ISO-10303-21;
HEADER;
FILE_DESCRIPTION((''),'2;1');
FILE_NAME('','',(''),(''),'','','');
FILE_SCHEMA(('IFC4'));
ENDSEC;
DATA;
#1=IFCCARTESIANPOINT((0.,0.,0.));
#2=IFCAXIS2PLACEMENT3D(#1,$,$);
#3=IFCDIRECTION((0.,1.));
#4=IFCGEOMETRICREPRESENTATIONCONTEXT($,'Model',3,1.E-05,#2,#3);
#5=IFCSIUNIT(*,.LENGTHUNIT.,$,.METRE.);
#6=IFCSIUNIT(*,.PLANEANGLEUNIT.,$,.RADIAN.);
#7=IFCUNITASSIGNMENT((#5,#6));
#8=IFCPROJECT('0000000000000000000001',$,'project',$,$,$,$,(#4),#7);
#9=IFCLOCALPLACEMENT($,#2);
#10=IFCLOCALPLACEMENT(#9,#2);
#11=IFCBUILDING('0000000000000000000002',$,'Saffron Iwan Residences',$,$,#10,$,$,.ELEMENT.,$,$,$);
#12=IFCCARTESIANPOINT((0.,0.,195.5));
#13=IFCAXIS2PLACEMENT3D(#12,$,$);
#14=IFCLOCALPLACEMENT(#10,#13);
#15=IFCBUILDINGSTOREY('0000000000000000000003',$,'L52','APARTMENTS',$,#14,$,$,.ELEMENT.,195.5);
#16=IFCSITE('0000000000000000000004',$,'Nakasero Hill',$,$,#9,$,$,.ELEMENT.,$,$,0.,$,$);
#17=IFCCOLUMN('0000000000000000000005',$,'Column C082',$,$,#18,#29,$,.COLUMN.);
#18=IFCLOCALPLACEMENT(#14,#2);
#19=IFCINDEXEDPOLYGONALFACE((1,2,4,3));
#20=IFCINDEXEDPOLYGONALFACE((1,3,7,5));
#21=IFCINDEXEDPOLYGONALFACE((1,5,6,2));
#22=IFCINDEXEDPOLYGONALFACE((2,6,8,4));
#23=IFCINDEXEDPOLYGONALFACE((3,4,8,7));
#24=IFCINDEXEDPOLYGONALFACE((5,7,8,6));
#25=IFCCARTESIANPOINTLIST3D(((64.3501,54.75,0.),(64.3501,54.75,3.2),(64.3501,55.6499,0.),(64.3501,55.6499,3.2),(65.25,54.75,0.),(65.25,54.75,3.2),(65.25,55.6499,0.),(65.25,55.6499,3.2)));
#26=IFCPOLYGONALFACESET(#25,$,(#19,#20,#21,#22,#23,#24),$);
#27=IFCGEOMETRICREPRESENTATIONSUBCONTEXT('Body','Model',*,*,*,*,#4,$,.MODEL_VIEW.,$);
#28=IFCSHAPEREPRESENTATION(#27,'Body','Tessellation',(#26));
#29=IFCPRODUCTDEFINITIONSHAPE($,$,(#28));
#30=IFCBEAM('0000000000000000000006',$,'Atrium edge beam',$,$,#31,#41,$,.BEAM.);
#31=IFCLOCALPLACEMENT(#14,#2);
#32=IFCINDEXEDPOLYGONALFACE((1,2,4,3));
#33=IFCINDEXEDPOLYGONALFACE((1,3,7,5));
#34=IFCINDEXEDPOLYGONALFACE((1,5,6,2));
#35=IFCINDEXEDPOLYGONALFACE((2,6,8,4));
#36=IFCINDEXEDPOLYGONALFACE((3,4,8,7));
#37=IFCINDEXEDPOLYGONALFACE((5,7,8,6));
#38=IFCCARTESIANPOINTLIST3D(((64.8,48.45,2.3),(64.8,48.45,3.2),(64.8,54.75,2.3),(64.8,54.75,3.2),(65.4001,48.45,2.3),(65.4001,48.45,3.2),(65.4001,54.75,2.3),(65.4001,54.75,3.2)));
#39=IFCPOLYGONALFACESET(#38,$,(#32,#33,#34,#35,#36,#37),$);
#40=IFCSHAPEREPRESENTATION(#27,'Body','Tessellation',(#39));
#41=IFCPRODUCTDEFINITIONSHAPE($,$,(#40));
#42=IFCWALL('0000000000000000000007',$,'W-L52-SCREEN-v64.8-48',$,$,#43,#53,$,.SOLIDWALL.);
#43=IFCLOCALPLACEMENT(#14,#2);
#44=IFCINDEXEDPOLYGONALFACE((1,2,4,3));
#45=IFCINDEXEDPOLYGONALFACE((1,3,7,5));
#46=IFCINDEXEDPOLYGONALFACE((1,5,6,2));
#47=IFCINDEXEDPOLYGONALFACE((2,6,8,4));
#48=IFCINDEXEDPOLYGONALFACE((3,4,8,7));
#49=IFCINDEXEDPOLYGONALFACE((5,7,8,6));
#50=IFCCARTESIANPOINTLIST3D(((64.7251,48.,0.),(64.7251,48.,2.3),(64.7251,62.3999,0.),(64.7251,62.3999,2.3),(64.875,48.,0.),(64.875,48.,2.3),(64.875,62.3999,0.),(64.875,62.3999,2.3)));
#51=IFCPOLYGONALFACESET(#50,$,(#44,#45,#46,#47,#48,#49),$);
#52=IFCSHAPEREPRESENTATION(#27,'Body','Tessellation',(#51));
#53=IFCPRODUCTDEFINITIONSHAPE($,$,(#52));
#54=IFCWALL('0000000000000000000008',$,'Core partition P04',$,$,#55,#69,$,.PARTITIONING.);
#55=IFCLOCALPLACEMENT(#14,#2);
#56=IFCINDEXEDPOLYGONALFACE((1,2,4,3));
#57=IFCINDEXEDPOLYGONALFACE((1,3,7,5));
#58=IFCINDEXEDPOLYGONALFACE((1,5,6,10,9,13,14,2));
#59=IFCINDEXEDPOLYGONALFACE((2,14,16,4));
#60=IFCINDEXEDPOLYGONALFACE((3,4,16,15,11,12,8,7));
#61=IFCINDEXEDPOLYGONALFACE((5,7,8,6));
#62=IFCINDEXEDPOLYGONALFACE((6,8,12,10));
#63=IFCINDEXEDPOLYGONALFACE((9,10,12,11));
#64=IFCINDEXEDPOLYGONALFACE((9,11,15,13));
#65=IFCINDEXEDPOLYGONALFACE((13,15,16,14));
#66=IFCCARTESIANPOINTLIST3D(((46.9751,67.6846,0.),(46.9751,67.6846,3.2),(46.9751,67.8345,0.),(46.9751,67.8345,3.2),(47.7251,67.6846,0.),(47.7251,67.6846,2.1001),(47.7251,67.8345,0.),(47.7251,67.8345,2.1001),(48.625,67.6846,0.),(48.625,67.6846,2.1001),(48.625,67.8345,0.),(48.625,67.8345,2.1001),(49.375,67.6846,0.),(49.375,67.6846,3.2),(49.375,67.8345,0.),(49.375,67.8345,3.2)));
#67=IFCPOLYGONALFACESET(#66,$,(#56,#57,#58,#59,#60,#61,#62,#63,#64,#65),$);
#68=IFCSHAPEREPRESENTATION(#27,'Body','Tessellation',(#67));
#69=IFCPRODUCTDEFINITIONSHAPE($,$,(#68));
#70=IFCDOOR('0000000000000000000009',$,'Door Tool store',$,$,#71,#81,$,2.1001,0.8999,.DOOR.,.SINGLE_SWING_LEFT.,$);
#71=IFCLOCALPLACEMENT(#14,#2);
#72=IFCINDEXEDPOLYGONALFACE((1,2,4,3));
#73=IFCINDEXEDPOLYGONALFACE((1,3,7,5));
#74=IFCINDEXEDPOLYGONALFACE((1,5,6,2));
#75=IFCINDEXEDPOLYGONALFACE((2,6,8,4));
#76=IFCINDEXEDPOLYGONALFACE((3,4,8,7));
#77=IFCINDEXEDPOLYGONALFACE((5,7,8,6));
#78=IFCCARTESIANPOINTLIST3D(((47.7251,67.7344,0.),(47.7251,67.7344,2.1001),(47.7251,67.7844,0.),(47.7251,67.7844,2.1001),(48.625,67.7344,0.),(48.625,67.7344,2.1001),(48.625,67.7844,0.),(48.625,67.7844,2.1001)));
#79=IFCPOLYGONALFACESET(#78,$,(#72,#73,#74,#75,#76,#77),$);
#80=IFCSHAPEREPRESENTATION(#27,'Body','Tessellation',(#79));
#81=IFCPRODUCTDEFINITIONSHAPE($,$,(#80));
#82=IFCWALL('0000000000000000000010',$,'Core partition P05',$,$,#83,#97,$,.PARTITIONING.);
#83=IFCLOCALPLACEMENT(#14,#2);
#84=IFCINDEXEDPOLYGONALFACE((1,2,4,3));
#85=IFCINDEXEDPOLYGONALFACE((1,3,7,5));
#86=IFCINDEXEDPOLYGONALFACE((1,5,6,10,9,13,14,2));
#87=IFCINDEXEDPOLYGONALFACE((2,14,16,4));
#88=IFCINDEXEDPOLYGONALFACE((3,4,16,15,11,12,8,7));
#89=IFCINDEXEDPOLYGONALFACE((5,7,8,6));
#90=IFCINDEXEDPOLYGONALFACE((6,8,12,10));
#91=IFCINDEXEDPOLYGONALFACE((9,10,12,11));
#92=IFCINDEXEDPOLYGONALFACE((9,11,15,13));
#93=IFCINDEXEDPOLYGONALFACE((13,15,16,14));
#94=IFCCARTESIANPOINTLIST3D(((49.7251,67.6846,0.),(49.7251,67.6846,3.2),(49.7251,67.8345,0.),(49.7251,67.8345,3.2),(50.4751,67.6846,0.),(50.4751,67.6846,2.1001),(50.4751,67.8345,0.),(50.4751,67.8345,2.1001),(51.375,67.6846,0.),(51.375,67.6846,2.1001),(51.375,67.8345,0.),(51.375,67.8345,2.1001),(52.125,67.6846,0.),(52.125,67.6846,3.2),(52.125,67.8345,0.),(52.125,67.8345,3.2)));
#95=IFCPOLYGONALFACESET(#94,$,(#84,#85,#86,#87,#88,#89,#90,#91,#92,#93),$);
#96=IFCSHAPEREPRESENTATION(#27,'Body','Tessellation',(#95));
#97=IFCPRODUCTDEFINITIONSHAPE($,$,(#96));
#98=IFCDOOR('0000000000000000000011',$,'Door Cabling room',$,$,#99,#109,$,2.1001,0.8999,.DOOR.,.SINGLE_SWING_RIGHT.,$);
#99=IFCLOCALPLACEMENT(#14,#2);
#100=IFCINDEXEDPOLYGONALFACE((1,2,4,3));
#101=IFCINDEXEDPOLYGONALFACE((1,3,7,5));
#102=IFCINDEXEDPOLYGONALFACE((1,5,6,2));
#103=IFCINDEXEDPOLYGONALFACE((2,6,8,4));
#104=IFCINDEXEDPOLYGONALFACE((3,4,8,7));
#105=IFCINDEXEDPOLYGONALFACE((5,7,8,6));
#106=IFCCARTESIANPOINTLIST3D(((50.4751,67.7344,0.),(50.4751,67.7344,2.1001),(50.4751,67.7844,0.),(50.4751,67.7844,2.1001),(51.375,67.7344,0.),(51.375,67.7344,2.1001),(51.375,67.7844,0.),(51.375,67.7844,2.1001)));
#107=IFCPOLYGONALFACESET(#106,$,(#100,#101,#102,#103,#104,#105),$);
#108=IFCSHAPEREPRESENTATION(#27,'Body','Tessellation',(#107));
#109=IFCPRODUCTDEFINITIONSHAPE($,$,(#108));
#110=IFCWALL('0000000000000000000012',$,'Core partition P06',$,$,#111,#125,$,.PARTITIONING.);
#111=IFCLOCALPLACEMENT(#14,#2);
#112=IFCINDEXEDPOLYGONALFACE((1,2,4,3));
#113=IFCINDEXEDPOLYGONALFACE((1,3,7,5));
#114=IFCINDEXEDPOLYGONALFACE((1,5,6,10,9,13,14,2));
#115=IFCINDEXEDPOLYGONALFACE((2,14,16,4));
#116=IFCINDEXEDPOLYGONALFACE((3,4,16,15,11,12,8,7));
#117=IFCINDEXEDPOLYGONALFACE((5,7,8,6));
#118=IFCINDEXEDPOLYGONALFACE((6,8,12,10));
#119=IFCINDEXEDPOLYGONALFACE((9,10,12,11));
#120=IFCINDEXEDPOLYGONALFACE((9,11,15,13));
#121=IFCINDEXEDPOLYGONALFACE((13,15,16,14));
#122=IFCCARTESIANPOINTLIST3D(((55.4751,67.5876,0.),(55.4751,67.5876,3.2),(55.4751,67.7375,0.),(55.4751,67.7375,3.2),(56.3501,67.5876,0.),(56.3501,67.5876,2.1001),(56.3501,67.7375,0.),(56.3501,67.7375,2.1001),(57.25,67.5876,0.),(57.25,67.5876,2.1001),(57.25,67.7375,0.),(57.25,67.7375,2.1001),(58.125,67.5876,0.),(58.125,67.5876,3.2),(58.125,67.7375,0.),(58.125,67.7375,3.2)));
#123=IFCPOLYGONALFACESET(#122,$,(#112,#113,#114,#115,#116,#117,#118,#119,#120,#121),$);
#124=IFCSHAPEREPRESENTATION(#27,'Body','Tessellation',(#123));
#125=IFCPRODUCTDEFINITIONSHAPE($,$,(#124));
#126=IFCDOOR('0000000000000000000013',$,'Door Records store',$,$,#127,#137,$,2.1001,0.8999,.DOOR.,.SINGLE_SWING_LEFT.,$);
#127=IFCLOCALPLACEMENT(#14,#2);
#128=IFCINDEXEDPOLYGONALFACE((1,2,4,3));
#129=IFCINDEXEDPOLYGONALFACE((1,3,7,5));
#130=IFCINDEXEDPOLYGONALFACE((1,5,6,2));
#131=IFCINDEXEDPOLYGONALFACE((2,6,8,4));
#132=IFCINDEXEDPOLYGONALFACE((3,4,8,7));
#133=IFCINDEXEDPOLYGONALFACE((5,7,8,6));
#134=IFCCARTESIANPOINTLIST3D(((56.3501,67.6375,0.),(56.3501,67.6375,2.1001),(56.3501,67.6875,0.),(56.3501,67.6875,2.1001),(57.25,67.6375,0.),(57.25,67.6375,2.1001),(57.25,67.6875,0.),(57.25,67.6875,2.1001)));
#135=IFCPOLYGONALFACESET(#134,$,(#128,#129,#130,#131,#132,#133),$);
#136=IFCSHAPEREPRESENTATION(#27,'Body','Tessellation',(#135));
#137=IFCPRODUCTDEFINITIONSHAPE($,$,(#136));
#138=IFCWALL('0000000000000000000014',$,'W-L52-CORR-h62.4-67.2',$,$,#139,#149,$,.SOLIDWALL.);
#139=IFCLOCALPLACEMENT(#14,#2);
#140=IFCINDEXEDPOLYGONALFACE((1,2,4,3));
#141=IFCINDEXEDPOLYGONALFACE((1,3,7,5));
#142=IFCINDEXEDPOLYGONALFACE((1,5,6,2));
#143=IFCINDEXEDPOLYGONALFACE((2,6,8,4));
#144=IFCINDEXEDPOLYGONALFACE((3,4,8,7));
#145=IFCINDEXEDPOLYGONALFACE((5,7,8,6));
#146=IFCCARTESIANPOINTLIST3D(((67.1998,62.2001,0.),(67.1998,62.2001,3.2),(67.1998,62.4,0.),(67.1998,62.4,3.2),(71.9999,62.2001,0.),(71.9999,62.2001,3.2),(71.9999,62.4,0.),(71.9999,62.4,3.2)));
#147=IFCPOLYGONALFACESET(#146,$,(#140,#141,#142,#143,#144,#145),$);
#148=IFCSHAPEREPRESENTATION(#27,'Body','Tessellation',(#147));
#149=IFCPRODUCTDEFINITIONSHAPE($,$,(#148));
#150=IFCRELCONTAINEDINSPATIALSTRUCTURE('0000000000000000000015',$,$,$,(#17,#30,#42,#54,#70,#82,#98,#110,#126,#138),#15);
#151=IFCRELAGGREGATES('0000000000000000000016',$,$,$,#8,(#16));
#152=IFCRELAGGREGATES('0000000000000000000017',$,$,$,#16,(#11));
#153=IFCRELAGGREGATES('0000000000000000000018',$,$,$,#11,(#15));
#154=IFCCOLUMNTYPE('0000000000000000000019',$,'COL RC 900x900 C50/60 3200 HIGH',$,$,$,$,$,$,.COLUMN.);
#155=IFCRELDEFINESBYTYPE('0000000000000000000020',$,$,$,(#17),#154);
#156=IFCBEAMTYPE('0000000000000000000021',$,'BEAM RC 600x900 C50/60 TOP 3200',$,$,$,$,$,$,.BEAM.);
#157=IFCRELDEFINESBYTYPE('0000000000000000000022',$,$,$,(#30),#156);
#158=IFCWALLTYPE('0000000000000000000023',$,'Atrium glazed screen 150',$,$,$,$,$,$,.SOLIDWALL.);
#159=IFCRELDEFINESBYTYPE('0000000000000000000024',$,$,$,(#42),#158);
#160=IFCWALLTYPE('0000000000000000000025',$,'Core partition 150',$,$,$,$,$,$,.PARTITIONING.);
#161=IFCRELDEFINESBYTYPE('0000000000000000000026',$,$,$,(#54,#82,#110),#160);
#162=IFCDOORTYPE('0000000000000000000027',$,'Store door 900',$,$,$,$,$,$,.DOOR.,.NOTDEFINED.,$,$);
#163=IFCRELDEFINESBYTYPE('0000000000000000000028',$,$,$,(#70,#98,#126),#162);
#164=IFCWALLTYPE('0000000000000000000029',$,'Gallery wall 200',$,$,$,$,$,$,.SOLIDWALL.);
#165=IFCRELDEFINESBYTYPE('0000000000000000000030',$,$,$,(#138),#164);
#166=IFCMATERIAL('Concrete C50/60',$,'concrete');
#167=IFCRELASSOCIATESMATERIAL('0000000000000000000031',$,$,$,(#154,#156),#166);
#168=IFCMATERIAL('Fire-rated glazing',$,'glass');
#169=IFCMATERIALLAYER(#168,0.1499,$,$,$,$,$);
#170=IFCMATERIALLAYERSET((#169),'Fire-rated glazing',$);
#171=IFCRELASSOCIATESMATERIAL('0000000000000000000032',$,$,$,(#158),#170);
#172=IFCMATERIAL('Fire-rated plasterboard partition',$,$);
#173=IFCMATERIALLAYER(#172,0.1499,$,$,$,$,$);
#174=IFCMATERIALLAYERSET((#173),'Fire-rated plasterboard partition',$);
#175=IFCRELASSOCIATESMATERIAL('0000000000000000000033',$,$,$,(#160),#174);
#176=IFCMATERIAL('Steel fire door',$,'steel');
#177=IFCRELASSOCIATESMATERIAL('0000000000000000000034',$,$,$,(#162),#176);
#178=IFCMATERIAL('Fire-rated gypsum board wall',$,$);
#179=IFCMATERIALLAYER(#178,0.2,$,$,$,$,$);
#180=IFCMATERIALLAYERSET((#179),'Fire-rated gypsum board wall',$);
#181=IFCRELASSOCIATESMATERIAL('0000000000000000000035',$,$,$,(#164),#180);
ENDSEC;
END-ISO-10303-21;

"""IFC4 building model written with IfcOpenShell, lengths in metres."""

from ifc_helpers import new_model, si_unit, direction, frame, frame_2d, origin, origin_2d, place, context, subcontext, project, spatial, rectangle, extrude, source, transform, mapped, material, layer, layer_set, material_profile, profile_set, type_object, element, fill, save


model = new_model("IFC4")

# Units and contexts
model_context = context("Model", 3, precision=1e-05, world=origin(), true_north=direction((0.0, 1.0)))
body_context = subcontext(model_context, "Body", "Model", "MODEL_VIEW")
ifc_project = project(units=[si_unit("LENGTHUNIT", "METRE"), si_unit("PLANEANGLEUNIT", "RADIAN")], contexts=[model_context])

# Site, building, storey
site_placement = place(None, origin())
site = spatial("IfcSite", under=ifc_project, at=site_placement, Name="Nakasero Hill", CompositionType="ELEMENT", RefElevation=0.0)
building_placement = place(site_placement, origin())
building = spatial("IfcBuilding", under=site, at=building_placement, Name="Saffron Iwan Residences", CompositionType="ELEMENT")
storey_placement = place(building_placement, frame((0.0, 0.0, 195.5)))
storey = spatial("IfcBuildingStorey", under=building, at=storey_placement, Name="L52", Description="APARTMENTS", CompositionType="ELEMENT", Elevation=195.5)

# Column
ifc_material_1 = material(Name="Concrete C50/60", Category="concrete")
ifc_material_profile_1 = material_profile(ifc_material_1, rectangle(XDim=0.8999, YDim=0.8999, at=origin_2d()), Name="RC 900x900")
ifc_profile_set_1 = profile_set([ifc_material_profile_1], Name="Concrete C50/60")
column_type = type_object("IfcColumnType", Name="COL RC 900x900 C50/60 3200 HIGH", PredefinedType="COLUMN", material=ifc_profile_set_1)
shared_shape_1 = source(origin(), body_context, "Body", "SweptSolid", [
    extrude(rectangle(XDim=0.8999, YDim=0.8999, at=origin_2d()), origin(), (0.0, 0.0, 1.0), 3.2),
])
column_placement = place(storey_placement, frame((64.8, 55.2, 0.0), z_axis=(0.0, 0.0, 1.0), x_axis=(1.0, 0.0, 0.0)))
element("IfcColumn", 1, at=column_placement, inside=storey, type_object=column_type, Name="Column C082", PredefinedType="COLUMN", context=body_context, shape_type="MappedRepresentation", body=[
    mapped(shared_shape_1, transform((0.0, 0.0, 0.0))),
])

# Beam
ifc_material_profile_2 = material_profile(ifc_material_1, rectangle(XDim=0.6001, YDim=0.8999, at=origin_2d()), Name="RC 600x900")
ifc_profile_set_2 = profile_set([ifc_material_profile_2], Name="Concrete C50/60")
beam_type = type_object("IfcBeamType", Name="BEAM RC 600x900 C50/60 TOP 3200", PredefinedType="BEAM", material=ifc_profile_set_2)
shared_shape_2 = source(origin(), body_context, "Body", "SweptSolid", [
    extrude(rectangle(XDim=0.6001, YDim=0.8999, at=origin_2d()), origin(), (0.0, 0.0, 1.0), 6.3),
])
beam_placement = place(storey_placement, frame((65.1001, 54.75, 2.75), z_axis=(0.0, -1.0, 0.0), x_axis=(1.0, 0.0, 0.0)))
element("IfcBeam", 2, at=beam_placement, inside=storey, type_object=beam_type, Name="Atrium edge beam", PredefinedType="BEAM", context=body_context, shape_type="MappedRepresentation", body=[
    mapped(shared_shape_2, transform((0.0, 0.0, 0.0))),
])

# Wall
ifc_material_2 = material(Name="Fire-rated glazing", Category="glass")
ifc_layer_1 = layer(ifc_material_2, 0.1499)
ifc_layer_set_1 = layer_set([ifc_layer_1], Name="Fire-rated glazing")
wall_type_1 = type_object("IfcWallType", Name="Atrium glazed screen 150", PredefinedType="SOLIDWALL", material=ifc_layer_set_1)
wall_1_placement = place(storey_placement, frame((64.8, 48.0, 0.0), z_axis=(0.0, 0.0, 1.0), x_axis=(0.0, 1.0, 0.0)))
element("IfcWall", 3, at=wall_1_placement, inside=storey, type_object=wall_type_1, Name="W-L52-SCREEN-v64.8-48", PredefinedType="SOLIDWALL", context=body_context, shape_type="SweptSolid", body=[
    extrude(rectangle(XDim=14.3999, YDim=0.1499, at=frame_2d((7.2, 0.0))), origin(), (0.0, 0.0, 1.0), 2.3),
])

# Walls, openings, doors
ifc_material_3 = material(Name="Fire-rated plasterboard partition")
ifc_layer_2 = layer(ifc_material_3, 0.1499)
ifc_layer_set_2 = layer_set([ifc_layer_2], Name="Fire-rated plasterboard partition")
wall_type_2 = type_object("IfcWallType", Name="Core partition 150", PredefinedType="PARTITIONING", material=ifc_layer_set_2)
wall_2_placement = place(storey_placement, frame((46.9751, 67.7595, 0.0), z_axis=(0.0, 0.0, 1.0), x_axis=(1.0, 0.0, 0.0)))
wall_2 = element("IfcWall", 4, at=wall_2_placement, inside=storey, type_object=wall_type_2, Name="Core partition P04", PredefinedType="PARTITIONING", context=body_context, shape_type="SweptSolid", body=[
    extrude(rectangle(XDim=2.3999, YDim=0.1499, at=frame_2d((1.2, 0.0))), origin(), (0.0, 0.0, 1.0), 3.2),
])
opening_1_placement = place(wall_2_placement, frame((0.75, 0.0, 0.0)))
opening_1 = element("IfcOpeningElement", 5, at=opening_1_placement, cuts=wall_2, PredefinedType="OPENING", context=body_context, shape_type="SweptSolid", body=[
    extrude(rectangle(XDim=0.8999, YDim=2.1001, at=frame_2d((0.45, 1.05))), frame((0.0, 0.085, 0.0), z_axis=(0.0, -1.0, 0.0), x_axis=(1.0, 0.0, 0.0)), (0.0, 0.0, 1.0), 0.1699),
])
ifc_material_4 = material(Name="Steel fire door", Category="steel")
door_type_1 = type_object("IfcDoorType", Name="Store door 900", OperationType="NOTDEFINED", PredefinedType="DOOR", material=ifc_material_4)
door_1_placement = place(opening_1_placement, origin())
door_1 = element("IfcDoor", 6, at=door_1_placement, inside=storey, type_object=door_type_1, Name="Door Tool store", OperationType="SINGLE_SWING_LEFT", OverallHeight=2.1001, OverallWidth=0.8999, PredefinedType="DOOR", context=body_context, shape_type="SweptSolid", body=[
    extrude(rectangle(XDim=0.8999, YDim=2.1001, at=frame_2d((0.45, 1.05))), frame((0.0, 0.0249, 0.0), z_axis=(0.0, -1.0, 0.0), x_axis=(1.0, 0.0, 0.0)), (0.0, 0.0, 1.0), 0.05),
])
fill(opening_1, door_1)
wall_3_placement = place(storey_placement, frame((49.7251, 67.7595, 0.0), z_axis=(0.0, 0.0, 1.0), x_axis=(1.0, 0.0, 0.0)))
wall_3 = element("IfcWall", 7, at=wall_3_placement, inside=storey, type_object=wall_type_2, Name="Core partition P05", PredefinedType="PARTITIONING", context=body_context, shape_type="SweptSolid", body=[
    extrude(rectangle(XDim=2.3999, YDim=0.1499, at=frame_2d((1.2, 0.0))), origin(), (0.0, 0.0, 1.0), 3.2),
])
opening_2_placement = place(wall_3_placement, frame((0.75, 0.0, 0.0)))
opening_2 = element("IfcOpeningElement", 8, at=opening_2_placement, cuts=wall_3, PredefinedType="OPENING", context=body_context, shape_type="SweptSolid", body=[
    extrude(rectangle(XDim=0.8999, YDim=2.1001, at=frame_2d((0.45, 1.05))), frame((0.0, 0.085, 0.0), z_axis=(0.0, -1.0, 0.0), x_axis=(1.0, 0.0, 0.0)), (0.0, 0.0, 1.0), 0.1699),
])
door_2_placement = place(opening_2_placement, origin())
door_2 = element("IfcDoor", 9, at=door_2_placement, inside=storey, type_object=door_type_1, Name="Door Cabling room", OperationType="SINGLE_SWING_RIGHT", OverallHeight=2.1001, OverallWidth=0.8999, PredefinedType="DOOR", context=body_context, shape_type="SweptSolid", body=[
    extrude(rectangle(XDim=0.8999, YDim=2.1001, at=frame_2d((0.45, 1.05))), frame((0.0, 0.0249, 0.0), z_axis=(0.0, -1.0, 0.0), x_axis=(1.0, 0.0, 0.0)), (0.0, 0.0, 1.0), 0.05),
])
fill(opening_2, door_2)
wall_4_placement = place(storey_placement, frame((55.4751, 67.6626, 0.0), z_axis=(0.0, 0.0, 1.0), x_axis=(1.0, 0.0, 0.0)))
wall_4 = element("IfcWall", 10, at=wall_4_placement, inside=storey, type_object=wall_type_2, Name="Core partition P06", PredefinedType="PARTITIONING", context=body_context, shape_type="SweptSolid", body=[
    extrude(rectangle(XDim=2.6499, YDim=0.1499, at=frame_2d((1.325, 0.0))), origin(), (0.0, 0.0, 1.0), 3.2),
])
opening_3_placement = place(wall_4_placement, frame((0.875, 0.0, 0.0)))
opening_3 = element("IfcOpeningElement", 11, at=opening_3_placement, cuts=wall_4, PredefinedType="OPENING", context=body_context, shape_type="SweptSolid", body=[
    extrude(rectangle(XDim=0.8999, YDim=2.1001, at=frame_2d((0.45, 1.05))), frame((0.0, 0.085, 0.0), z_axis=(0.0, -1.0, 0.0), x_axis=(1.0, 0.0, 0.0)), (0.0, 0.0, 1.0), 0.1699),
])
door_3_placement = place(opening_3_placement, origin())
door_3 = element("IfcDoor", 12, at=door_3_placement, inside=storey, type_object=door_type_1, Name="Door Records store", OperationType="SINGLE_SWING_LEFT", OverallHeight=2.1001, OverallWidth=0.8999, PredefinedType="DOOR", context=body_context, shape_type="SweptSolid", body=[
    extrude(rectangle(XDim=0.8999, YDim=2.1001, at=frame_2d((0.45, 1.05))), frame((0.0, 0.0249, 0.0), z_axis=(0.0, -1.0, 0.0), x_axis=(1.0, 0.0, 0.0)), (0.0, 0.0, 1.0), 0.05),
])
fill(opening_3, door_3)

# Wall
ifc_material_5 = material(Name="Fire-rated gypsum board wall")
ifc_layer_3 = layer(ifc_material_5, 0.2)
ifc_layer_set_3 = layer_set([ifc_layer_3], Name="Fire-rated gypsum board wall")
wall_type_3 = type_object("IfcWallType", Name="Gallery wall 200", PredefinedType="SOLIDWALL", material=ifc_layer_set_3)
wall_5_placement = place(storey_placement, frame((67.2, 62.3, 0.0), z_axis=(0.0, 0.0, 1.0), x_axis=(1.0, 0.0, 0.0)))
element("IfcWall", 13, at=wall_5_placement, inside=storey, type_object=wall_type_3, Name="W-L52-CORR-h62.4-67.2", PredefinedType="SOLIDWALL", context=body_context, shape_type="SweptSolid", body=[
    extrude(rectangle(XDim=4.8, YDim=0.2, at=frame_2d((2.3999, 0.0))), origin(), (0.0, 0.0, 1.0), 3.2),
])

save(model, "model.ifc")
